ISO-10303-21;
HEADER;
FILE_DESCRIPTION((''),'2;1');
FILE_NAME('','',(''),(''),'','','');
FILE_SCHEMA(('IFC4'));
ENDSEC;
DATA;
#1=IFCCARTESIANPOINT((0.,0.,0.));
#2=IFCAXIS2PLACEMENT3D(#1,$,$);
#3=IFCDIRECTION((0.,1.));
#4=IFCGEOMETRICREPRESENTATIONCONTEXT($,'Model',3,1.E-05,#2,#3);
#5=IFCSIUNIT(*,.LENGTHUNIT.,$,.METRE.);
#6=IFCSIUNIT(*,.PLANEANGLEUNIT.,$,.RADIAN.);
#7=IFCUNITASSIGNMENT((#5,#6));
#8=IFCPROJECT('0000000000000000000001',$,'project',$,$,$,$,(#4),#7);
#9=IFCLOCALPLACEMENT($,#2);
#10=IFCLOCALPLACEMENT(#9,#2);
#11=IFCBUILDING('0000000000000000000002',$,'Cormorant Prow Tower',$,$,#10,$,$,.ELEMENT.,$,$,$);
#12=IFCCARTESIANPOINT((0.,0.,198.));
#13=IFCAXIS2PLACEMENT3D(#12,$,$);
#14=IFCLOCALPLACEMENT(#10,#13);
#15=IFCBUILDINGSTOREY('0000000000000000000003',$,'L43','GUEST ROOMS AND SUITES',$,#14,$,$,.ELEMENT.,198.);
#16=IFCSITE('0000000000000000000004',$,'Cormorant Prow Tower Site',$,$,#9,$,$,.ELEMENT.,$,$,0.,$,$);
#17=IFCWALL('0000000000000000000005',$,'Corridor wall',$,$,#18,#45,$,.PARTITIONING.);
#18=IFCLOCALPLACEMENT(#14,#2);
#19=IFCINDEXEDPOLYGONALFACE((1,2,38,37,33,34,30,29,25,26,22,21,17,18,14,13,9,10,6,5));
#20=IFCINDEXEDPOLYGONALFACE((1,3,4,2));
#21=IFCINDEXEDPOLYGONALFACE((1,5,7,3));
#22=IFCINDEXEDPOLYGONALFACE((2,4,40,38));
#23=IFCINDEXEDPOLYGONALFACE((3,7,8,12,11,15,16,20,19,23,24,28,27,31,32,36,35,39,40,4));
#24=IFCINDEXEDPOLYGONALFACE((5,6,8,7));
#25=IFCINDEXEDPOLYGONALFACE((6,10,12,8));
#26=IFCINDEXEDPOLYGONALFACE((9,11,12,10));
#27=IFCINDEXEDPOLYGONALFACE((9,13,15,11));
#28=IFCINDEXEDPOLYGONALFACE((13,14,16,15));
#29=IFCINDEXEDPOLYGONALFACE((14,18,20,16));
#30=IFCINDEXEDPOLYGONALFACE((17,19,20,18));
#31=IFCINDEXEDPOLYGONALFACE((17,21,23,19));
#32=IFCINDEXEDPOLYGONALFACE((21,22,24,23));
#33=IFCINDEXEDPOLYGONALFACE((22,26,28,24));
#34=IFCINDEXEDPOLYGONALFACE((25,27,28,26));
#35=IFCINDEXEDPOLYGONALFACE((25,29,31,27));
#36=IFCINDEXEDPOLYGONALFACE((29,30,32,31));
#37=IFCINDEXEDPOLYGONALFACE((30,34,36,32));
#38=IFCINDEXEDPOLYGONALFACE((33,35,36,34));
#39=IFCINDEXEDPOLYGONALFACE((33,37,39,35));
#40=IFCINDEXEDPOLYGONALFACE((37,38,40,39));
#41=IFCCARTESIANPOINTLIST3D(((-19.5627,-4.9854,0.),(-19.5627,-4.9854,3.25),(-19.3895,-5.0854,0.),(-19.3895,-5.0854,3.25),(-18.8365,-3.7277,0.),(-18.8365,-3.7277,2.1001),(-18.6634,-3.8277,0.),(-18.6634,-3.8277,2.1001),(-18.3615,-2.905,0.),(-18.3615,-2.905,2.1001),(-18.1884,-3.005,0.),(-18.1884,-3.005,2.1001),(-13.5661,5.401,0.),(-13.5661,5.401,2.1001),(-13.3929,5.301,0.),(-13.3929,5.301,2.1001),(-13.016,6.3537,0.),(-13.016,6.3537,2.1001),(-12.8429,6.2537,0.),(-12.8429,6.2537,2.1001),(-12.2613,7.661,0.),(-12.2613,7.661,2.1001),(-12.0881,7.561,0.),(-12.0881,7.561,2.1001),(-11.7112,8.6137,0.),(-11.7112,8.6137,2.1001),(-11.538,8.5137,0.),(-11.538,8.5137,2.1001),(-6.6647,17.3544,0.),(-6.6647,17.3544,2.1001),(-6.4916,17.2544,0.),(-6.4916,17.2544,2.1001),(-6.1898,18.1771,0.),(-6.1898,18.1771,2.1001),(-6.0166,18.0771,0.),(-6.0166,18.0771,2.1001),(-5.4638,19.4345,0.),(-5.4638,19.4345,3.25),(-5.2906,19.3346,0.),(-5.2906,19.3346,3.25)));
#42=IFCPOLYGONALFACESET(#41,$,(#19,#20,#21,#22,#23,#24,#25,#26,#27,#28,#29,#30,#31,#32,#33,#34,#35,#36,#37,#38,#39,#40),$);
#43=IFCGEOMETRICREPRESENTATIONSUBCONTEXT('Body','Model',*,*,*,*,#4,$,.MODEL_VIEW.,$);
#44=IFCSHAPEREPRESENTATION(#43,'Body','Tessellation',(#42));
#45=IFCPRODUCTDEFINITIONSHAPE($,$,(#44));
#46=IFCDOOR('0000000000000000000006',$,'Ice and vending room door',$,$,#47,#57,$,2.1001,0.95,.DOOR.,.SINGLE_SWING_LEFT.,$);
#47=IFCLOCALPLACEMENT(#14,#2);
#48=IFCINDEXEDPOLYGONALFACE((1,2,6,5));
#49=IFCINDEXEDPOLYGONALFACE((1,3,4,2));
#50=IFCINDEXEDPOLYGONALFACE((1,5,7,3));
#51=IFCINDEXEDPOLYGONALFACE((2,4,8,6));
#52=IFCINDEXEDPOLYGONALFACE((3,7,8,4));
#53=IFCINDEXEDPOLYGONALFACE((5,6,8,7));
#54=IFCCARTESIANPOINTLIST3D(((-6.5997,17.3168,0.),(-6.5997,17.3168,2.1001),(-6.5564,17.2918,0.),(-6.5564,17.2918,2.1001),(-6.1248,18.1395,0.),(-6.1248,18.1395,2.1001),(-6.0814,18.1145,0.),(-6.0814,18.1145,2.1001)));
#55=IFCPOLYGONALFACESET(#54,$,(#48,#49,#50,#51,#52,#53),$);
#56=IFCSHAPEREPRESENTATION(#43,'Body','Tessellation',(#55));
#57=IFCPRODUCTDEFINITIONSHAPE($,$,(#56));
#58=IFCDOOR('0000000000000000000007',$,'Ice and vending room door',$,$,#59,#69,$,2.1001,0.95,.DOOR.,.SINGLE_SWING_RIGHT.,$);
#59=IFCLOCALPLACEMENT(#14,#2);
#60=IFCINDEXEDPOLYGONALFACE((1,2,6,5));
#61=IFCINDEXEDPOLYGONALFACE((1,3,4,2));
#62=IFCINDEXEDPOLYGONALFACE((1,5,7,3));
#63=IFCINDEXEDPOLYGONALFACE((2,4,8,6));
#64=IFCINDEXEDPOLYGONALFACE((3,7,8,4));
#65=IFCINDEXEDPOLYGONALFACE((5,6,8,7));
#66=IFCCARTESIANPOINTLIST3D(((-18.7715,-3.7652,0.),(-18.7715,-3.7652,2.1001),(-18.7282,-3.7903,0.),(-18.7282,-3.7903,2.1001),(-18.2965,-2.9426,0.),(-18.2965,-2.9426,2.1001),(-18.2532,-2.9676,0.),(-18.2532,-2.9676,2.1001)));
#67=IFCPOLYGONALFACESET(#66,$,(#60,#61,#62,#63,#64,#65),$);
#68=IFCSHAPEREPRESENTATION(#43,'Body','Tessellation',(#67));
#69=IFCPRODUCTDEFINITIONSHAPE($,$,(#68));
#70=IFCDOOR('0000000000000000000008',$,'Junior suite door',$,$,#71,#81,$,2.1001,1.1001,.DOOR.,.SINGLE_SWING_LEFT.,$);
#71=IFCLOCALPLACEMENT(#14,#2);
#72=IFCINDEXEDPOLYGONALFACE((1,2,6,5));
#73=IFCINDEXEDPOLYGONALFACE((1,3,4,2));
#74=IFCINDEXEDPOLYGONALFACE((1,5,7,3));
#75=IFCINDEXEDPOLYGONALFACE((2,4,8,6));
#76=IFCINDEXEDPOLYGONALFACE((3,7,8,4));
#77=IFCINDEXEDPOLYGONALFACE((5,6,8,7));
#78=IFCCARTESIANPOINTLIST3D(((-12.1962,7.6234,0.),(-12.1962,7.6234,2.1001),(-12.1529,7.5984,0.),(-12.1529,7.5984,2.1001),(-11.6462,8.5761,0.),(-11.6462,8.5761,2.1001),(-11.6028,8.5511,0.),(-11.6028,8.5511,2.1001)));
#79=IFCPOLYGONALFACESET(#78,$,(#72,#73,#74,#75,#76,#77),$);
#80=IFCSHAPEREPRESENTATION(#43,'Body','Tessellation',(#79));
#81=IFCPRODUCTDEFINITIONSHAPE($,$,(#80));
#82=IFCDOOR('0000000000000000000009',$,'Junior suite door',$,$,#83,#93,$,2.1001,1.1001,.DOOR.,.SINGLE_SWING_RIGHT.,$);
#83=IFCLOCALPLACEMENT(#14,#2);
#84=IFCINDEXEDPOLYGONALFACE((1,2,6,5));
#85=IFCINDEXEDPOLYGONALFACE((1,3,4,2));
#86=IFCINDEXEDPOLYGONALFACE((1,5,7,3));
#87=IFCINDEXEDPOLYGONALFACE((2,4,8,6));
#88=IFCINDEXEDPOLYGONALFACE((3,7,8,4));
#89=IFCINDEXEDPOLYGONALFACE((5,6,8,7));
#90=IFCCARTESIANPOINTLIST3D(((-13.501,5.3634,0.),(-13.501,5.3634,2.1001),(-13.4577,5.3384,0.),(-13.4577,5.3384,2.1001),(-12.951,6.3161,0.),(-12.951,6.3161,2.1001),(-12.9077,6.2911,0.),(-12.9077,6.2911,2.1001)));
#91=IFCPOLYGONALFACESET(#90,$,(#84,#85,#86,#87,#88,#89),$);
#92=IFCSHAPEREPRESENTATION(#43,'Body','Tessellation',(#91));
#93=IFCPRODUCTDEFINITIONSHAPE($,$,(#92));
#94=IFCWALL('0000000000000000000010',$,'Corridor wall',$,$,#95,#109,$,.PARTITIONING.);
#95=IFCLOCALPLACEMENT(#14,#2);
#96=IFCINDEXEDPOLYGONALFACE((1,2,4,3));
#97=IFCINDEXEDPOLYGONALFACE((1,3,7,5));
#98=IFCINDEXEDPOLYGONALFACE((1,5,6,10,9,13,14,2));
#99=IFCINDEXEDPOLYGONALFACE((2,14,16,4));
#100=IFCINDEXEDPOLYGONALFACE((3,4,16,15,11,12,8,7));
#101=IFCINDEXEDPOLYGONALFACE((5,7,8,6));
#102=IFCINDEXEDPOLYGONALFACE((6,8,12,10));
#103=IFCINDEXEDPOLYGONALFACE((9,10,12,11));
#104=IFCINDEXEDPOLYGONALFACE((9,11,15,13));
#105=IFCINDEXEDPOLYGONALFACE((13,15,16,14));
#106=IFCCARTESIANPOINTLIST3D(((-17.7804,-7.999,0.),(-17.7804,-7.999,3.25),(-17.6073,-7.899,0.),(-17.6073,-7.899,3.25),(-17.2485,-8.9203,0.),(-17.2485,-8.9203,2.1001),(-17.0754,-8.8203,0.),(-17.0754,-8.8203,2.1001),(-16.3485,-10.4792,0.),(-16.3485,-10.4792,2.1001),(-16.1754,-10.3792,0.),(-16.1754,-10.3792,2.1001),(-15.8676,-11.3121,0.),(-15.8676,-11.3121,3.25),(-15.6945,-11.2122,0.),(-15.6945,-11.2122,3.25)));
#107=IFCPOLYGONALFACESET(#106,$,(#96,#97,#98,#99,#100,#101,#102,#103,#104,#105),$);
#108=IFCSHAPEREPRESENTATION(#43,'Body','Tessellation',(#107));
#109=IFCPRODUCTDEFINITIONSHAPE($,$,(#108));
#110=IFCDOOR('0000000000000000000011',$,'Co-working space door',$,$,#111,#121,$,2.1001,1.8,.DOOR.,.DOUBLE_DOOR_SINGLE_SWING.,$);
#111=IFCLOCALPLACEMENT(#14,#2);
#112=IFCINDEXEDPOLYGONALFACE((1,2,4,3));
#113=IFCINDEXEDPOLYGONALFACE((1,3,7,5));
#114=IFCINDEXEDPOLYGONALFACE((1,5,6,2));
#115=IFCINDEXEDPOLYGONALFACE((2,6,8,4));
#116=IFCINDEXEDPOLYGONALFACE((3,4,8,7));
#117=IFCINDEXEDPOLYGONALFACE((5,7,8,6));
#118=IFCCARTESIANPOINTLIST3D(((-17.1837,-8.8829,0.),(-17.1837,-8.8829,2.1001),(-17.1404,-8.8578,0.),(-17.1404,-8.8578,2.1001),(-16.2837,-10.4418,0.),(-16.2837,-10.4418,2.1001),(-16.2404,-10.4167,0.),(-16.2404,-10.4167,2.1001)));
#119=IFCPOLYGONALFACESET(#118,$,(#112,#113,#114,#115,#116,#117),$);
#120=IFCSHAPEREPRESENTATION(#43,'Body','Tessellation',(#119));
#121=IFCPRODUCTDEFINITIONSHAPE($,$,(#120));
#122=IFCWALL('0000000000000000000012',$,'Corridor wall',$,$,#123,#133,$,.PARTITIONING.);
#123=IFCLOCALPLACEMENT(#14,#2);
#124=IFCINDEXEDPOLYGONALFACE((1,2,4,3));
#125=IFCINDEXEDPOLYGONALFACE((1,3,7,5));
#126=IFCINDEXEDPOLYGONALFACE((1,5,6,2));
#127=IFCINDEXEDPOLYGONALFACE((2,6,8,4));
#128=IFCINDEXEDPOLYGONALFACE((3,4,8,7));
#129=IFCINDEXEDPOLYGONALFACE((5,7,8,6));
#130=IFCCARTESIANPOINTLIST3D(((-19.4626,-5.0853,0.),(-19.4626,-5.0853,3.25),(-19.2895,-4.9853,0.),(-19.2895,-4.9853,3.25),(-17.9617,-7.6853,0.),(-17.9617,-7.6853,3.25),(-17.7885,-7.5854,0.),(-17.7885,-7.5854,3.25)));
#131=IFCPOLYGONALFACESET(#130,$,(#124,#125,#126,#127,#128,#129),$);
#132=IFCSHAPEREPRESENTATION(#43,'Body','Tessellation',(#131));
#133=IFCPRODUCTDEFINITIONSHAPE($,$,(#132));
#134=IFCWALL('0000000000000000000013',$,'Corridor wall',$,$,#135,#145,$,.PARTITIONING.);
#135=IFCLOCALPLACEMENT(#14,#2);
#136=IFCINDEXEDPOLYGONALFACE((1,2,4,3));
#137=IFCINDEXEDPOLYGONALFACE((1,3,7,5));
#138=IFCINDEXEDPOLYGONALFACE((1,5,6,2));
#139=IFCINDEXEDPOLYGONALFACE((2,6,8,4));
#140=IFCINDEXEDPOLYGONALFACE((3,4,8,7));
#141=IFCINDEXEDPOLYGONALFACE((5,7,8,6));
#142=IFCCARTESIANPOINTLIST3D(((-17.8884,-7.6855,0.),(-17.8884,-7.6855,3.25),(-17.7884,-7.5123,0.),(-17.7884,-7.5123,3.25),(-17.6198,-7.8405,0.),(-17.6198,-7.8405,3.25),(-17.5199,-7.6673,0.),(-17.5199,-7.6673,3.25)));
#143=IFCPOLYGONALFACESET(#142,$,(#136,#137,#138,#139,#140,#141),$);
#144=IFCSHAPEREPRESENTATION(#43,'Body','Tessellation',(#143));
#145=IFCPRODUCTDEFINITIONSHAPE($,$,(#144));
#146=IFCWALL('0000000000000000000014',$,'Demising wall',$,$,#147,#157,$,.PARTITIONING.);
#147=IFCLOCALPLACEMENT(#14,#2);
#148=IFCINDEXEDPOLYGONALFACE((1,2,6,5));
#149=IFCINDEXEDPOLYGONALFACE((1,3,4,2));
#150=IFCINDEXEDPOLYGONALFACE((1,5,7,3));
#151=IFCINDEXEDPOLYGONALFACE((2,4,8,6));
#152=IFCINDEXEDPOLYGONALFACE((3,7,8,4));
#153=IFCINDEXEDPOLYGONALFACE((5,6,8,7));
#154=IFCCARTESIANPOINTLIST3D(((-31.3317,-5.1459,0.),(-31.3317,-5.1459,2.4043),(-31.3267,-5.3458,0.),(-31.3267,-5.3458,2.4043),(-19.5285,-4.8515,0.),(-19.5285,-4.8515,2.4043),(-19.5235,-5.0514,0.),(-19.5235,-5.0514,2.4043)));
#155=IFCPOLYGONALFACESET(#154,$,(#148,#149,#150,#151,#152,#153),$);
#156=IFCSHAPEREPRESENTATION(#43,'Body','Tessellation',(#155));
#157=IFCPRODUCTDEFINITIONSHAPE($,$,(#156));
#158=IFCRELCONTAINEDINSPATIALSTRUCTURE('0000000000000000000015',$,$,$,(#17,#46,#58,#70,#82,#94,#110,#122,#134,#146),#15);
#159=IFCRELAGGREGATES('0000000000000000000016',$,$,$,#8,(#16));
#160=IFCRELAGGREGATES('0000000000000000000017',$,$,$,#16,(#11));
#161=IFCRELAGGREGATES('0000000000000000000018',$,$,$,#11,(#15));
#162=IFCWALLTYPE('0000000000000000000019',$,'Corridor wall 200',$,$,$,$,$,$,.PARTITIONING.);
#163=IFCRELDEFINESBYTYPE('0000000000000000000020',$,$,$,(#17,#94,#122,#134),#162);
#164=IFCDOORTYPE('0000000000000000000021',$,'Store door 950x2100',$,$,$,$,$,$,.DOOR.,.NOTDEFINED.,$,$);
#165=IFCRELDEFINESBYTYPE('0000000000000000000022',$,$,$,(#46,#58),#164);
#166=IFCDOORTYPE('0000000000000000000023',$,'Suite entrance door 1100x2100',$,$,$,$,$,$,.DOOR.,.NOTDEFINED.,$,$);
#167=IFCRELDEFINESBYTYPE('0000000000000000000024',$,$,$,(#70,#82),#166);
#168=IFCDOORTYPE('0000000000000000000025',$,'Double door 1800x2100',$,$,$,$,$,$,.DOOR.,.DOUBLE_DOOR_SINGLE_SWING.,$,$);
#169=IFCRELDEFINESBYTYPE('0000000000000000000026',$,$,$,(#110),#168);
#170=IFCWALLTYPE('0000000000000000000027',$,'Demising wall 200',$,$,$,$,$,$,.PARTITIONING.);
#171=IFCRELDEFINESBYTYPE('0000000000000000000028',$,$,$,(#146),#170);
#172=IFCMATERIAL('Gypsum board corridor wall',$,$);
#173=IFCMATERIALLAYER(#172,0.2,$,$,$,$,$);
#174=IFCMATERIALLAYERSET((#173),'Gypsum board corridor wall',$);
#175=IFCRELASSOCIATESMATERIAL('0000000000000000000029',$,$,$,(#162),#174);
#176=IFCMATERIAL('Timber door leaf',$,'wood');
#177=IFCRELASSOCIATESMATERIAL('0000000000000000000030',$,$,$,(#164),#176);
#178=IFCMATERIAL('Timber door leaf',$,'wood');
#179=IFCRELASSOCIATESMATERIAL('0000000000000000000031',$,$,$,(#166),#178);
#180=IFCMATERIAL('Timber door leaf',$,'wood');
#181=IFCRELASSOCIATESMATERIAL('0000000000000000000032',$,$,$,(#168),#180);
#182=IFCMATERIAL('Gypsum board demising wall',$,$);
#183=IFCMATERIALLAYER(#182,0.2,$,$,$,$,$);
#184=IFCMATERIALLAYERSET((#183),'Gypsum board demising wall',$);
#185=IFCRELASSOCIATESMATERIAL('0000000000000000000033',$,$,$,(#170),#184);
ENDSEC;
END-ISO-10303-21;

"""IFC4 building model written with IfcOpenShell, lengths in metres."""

from ifc_helpers import new_model, si_unit, direction, frame, frame_2d, origin, place, context, subcontext, project, spatial, rectangle, extrude, material, layer, layer_set, type_object, element, fill, save


model = new_model("IFC4")

# Units and contexts
model_context = context("Model", 3, precision=1e-05, world=origin(), true_north=direction((0.0, 1.0)))
body_context = subcontext(model_context, "Body", "Model", "MODEL_VIEW")
ifc_project = project(units=[si_unit("LENGTHUNIT", "METRE"), si_unit("PLANEANGLEUNIT", "RADIAN")], contexts=[model_context])

# Site, building, storey
site_placement = place(None, origin())
site = spatial("IfcSite", under=ifc_project, at=site_placement, Name="Cormorant Prow Tower Site", CompositionType="ELEMENT", RefElevation=0.0)
building_placement = place(site_placement, origin())
building = spatial("IfcBuilding", under=site, at=building_placement, Name="Cormorant Prow Tower", CompositionType="ELEMENT")
storey_placement = place(building_placement, frame((0.0, 0.0, 198.0)))
storey = spatial("IfcBuildingStorey", under=building, at=storey_placement, Name="L43", Description="GUEST ROOMS AND SUITES", CompositionType="ELEMENT", Elevation=198.0)

# Wall, openings, doors
ifc_material_1 = material(Name="Gypsum board corridor wall")
ifc_layer_1 = layer(ifc_material_1, 0.2)
ifc_layer_set_1 = layer_set([ifc_layer_1], Name="Gypsum board corridor wall")
wall_type_1 = type_object("IfcWallType", Name="Corridor wall 200", PredefinedType="PARTITIONING", material=ifc_layer_set_1)
wall_1_placement = place(storey_placement, frame((-19.4761, -5.0354, 0.0), z_axis=(0.0, 0.0, 1.0), x_axis=(0.500001, 0.866025, 0.0)))
wall_1 = element("IfcWall", 1, at=wall_1_placement, inside=storey, type_object=wall_type_1, Name="Corridor wall", PredefinedType="PARTITIONING", context=body_context, shape_type="SweptSolid", body=[
    extrude(rectangle(XDim=28.1978, YDim=0.2, at=frame_2d((14.0989, 0.0))), origin(), (0.0, 0.0, 1.0), 3.25),
])
opening_1_placement = place(wall_1_placement, frame((25.7957, 0.0, 0.0)))
opening_1 = element("IfcOpeningElement", 2, at=opening_1_placement, cuts=wall_1, PredefinedType="OPENING", context=body_context, shape_type="SweptSolid", body=[
    extrude(rectangle(XDim=0.95, YDim=2.1001, at=frame_2d((0.4751, 1.05))), frame((0.0, 0.1099, 0.0), z_axis=(0.0, -1.0, 0.0), x_axis=(1.0, 0.0, 0.0)), (0.0, 0.0, 1.0), 0.22),
])
opening_2_placement = place(wall_1_placement, frame((14.6028, 0.0, 0.0)))
opening_2 = element("IfcOpeningElement", 3, at=opening_2_placement, cuts=wall_1, PredefinedType="OPENING", context=body_context, shape_type="SweptSolid", body=[
    extrude(rectangle(XDim=1.1001, YDim=2.1001, at=frame_2d((0.55, 1.05))), frame((0.0, 0.1099, 0.0), z_axis=(0.0, -1.0, 0.0), x_axis=(1.0, 0.0, 0.0)), (0.0, 0.0, 1.0), 0.22),
])
opening_3_placement = place(wall_1_placement, frame((11.9932, 0.0, 0.0)))
opening_3 = element("IfcOpeningElement", 4, at=opening_3_placement, cuts=wall_1, PredefinedType="OPENING", context=body_context, shape_type="SweptSolid", body=[
    extrude(rectangle(XDim=1.1001, YDim=2.1001, at=frame_2d((0.55, 1.05))), frame((0.0, 0.1099, 0.0), z_axis=(0.0, -1.0, 0.0), x_axis=(1.0, 0.0, 0.0)), (0.0, 0.0, 1.0), 0.22),
])
opening_4_placement = place(wall_1_placement, frame((1.4521, 0.0, 0.0)))
opening_4 = element("IfcOpeningElement", 5, at=opening_4_placement, cuts=wall_1, PredefinedType="OPENING", context=body_context, shape_type="SweptSolid", body=[
    extrude(rectangle(XDim=0.95, YDim=2.1001, at=frame_2d((0.4751, 1.05))), frame((0.0, 0.1099, 0.0), z_axis=(0.0, -1.0, 0.0), x_axis=(1.0, 0.0, 0.0)), (0.0, 0.0, 1.0), 0.22),
])
ifc_material_2 = material(Name="Timber door leaf", Category="wood")
door_type_1 = type_object("IfcDoorType", Name="Store door 950x2100", OperationType="NOTDEFINED", PredefinedType="DOOR", material=ifc_material_2)
door_1_placement = place(opening_1_placement, origin())
door_1 = element("IfcDoor", 6, at=door_1_placement, inside=storey, type_object=door_type_1, Name="Ice and vending room door", OperationType="SINGLE_SWING_LEFT", OverallHeight=2.1001, OverallWidth=0.95, PredefinedType="DOOR", context=body_context, shape_type="SweptSolid", body=[
    extrude(rectangle(XDim=0.95, YDim=2.1001, at=frame_2d((0.4751, 1.05))), frame((0.0, 0.0249, 0.0), z_axis=(0.0, -1.0, 0.0), x_axis=(1.0, 0.0, 0.0)), (0.0, 0.0, 1.0), 0.05),
])
fill(opening_1, door_1)
door_2_placement = place(opening_4_placement, origin())
door_2 = element("IfcDoor", 7, at=door_2_placement, inside=storey, type_object=door_type_1, Name="Ice and vending room door", OperationType="SINGLE_SWING_RIGHT", OverallHeight=2.1001, OverallWidth=0.95, PredefinedType="DOOR", context=body_context, shape_type="SweptSolid", body=[
    extrude(rectangle(XDim=0.95, YDim=2.1001, at=frame_2d((0.4751, 1.05))), frame((0.0, 0.0249, 0.0), z_axis=(0.0, -1.0, 0.0), x_axis=(1.0, 0.0, 0.0)), (0.0, 0.0, 1.0), 0.05),
])
fill(opening_4, door_2)
ifc_material_3 = material(Name="Timber door leaf", Category="wood")
door_type_2 = type_object("IfcDoorType", Name="Suite entrance door 1100x2100", OperationType="NOTDEFINED", PredefinedType="DOOR", material=ifc_material_3)
door_3_placement = place(opening_2_placement, origin())
door_3 = element("IfcDoor", 8, at=door_3_placement, inside=storey, type_object=door_type_2, Name="Junior suite door", OperationType="SINGLE_SWING_LEFT", OverallHeight=2.1001, OverallWidth=1.1001, PredefinedType="DOOR", context=body_context, shape_type="SweptSolid", body=[
    extrude(rectangle(XDim=1.1001, YDim=2.1001, at=frame_2d((0.55, 1.05))), frame((0.0, 0.0249, 0.0), z_axis=(0.0, -1.0, 0.0), x_axis=(1.0, 0.0, 0.0)), (0.0, 0.0, 1.0), 0.05),
])
fill(opening_2, door_3)
door_4_placement = place(opening_3_placement, origin())
door_4 = element("IfcDoor", 9, at=door_4_placement, inside=storey, type_object=door_type_2, Name="Junior suite door", OperationType="SINGLE_SWING_RIGHT", OverallHeight=2.1001, OverallWidth=1.1001, PredefinedType="DOOR", context=body_context, shape_type="SweptSolid", body=[
    extrude(rectangle(XDim=1.1001, YDim=2.1001, at=frame_2d((0.55, 1.05))), frame((0.0, 0.0249, 0.0), z_axis=(0.0, -1.0, 0.0), x_axis=(1.0, 0.0, 0.0)), (0.0, 0.0, 1.0), 0.05),
])
fill(opening_3, door_4)

# Wall, opening, door
wall_2_placement = place(storey_placement, frame((-17.6938, -7.949, 0.0), z_axis=(0.0, 0.0, 1.0), x_axis=(0.499989, -0.866031, 0.0)))
wall_2 = element("IfcWall", 10, at=wall_2_placement, inside=storey, type_object=wall_type_1, Name="Corridor wall", PredefinedType="PARTITIONING", context=body_context, shape_type="SweptSolid", body=[
    extrude(rectangle(XDim=3.8257, YDim=0.2, at=frame_2d((1.9128, 0.0))), origin(), (0.0, 0.0, 1.0), 3.25),
])
opening_5_placement = place(wall_2_placement, frame((1.064, 0.0, 0.0)))
opening_5 = element("IfcOpeningElement", 11, at=opening_5_placement, cuts=wall_2, PredefinedType="OPENING", context=body_context, shape_type="SweptSolid", body=[
    extrude(rectangle(XDim=1.8, YDim=2.1001, at=frame_2d((0.8999, 1.05))), frame((0.0, 0.1099, 0.0), z_axis=(0.0, -1.0, 0.0), x_axis=(1.0, 0.0, 0.0)), (0.0, 0.0, 1.0), 0.22),
])
ifc_material_4 = material(Name="Timber door leaf", Category="wood")
door_type_3 = type_object("IfcDoorType", Name="Double door 1800x2100", OperationType="DOUBLE_DOOR_SINGLE_SWING", PredefinedType="DOOR", material=ifc_material_4)
door_5_placement = place(opening_5_placement, origin())
door_5 = element("IfcDoor", 12, at=door_5_placement, inside=storey, type_object=door_type_3, Name="Co-working space door", OperationType="DOUBLE_DOOR_SINGLE_SWING", OverallHeight=2.1001, OverallWidth=1.8, PredefinedType="DOOR", context=body_context, shape_type="SweptSolid", body=[
    extrude(rectangle(XDim=1.8, YDim=2.1001, at=frame_2d((0.8999, 1.05))), frame((0.0, 0.0249, 0.0), z_axis=(0.0, -1.0, 0.0), x_axis=(1.0, 0.0, 0.0)), (0.0, 0.0, 1.0), 0.05),
])
fill(opening_5, door_5)

# Walls
wall_3_placement = place(storey_placement, frame((-19.376, -5.0354, 0.0), z_axis=(0.0, 0.0, 1.0), x_axis=(0.499952, -0.866053, 0.0)))
element("IfcWall", 13, at=wall_3_placement, inside=storey, type_object=wall_type_1, Name="Corridor wall", PredefinedType="PARTITIONING", context=body_context, shape_type="SweptSolid", body=[
    extrude(rectangle(XDim=3.0022, YDim=0.2, at=frame_2d((1.501, 0.0))), origin(), (0.0, 0.0, 1.0), 3.25),
])
wall_4_placement = place(storey_placement, frame((-17.8384, -7.5989, 0.0), z_axis=(0.0, 0.0, 1.0), x_axis=(0.866054, -0.49995, 0.0)))
element("IfcWall", 14, at=wall_4_placement, inside=storey, type_object=wall_type_1, Name="Corridor wall", PredefinedType="PARTITIONING", context=body_context, shape_type="SweptSolid", body=[
    extrude(rectangle(XDim=0.3101, YDim=0.2, at=frame_2d((0.155, 0.0))), origin(), (0.0, 0.0, 1.0), 3.25),
])
ifc_material_5 = material(Name="Gypsum board demising wall")
ifc_layer_2 = layer(ifc_material_5, 0.2)
ifc_layer_set_2 = layer_set([ifc_layer_2], Name="Gypsum board demising wall")
wall_type_2 = type_object("IfcWallType", Name="Demising wall 200", PredefinedType="PARTITIONING", material=ifc_layer_set_2)
wall_5_placement = place(storey_placement, frame((-31.3291, -5.2458, 0.0), z_axis=(0.0, 0.0, 1.0), x_axis=(0.999689, 0.024937, 0.0)))
element("IfcWall", 15, at=wall_5_placement, inside=storey, type_object=wall_type_2, Name="Demising wall", PredefinedType="PARTITIONING", context=body_context, shape_type="SweptSolid", body=[
    extrude(rectangle(XDim=11.8069, YDim=0.2, at=frame_2d((5.9033, 0.0))), origin(), (0.0, 0.0, 1.0), 2.4043),
])

save(model, "model.ifc")
